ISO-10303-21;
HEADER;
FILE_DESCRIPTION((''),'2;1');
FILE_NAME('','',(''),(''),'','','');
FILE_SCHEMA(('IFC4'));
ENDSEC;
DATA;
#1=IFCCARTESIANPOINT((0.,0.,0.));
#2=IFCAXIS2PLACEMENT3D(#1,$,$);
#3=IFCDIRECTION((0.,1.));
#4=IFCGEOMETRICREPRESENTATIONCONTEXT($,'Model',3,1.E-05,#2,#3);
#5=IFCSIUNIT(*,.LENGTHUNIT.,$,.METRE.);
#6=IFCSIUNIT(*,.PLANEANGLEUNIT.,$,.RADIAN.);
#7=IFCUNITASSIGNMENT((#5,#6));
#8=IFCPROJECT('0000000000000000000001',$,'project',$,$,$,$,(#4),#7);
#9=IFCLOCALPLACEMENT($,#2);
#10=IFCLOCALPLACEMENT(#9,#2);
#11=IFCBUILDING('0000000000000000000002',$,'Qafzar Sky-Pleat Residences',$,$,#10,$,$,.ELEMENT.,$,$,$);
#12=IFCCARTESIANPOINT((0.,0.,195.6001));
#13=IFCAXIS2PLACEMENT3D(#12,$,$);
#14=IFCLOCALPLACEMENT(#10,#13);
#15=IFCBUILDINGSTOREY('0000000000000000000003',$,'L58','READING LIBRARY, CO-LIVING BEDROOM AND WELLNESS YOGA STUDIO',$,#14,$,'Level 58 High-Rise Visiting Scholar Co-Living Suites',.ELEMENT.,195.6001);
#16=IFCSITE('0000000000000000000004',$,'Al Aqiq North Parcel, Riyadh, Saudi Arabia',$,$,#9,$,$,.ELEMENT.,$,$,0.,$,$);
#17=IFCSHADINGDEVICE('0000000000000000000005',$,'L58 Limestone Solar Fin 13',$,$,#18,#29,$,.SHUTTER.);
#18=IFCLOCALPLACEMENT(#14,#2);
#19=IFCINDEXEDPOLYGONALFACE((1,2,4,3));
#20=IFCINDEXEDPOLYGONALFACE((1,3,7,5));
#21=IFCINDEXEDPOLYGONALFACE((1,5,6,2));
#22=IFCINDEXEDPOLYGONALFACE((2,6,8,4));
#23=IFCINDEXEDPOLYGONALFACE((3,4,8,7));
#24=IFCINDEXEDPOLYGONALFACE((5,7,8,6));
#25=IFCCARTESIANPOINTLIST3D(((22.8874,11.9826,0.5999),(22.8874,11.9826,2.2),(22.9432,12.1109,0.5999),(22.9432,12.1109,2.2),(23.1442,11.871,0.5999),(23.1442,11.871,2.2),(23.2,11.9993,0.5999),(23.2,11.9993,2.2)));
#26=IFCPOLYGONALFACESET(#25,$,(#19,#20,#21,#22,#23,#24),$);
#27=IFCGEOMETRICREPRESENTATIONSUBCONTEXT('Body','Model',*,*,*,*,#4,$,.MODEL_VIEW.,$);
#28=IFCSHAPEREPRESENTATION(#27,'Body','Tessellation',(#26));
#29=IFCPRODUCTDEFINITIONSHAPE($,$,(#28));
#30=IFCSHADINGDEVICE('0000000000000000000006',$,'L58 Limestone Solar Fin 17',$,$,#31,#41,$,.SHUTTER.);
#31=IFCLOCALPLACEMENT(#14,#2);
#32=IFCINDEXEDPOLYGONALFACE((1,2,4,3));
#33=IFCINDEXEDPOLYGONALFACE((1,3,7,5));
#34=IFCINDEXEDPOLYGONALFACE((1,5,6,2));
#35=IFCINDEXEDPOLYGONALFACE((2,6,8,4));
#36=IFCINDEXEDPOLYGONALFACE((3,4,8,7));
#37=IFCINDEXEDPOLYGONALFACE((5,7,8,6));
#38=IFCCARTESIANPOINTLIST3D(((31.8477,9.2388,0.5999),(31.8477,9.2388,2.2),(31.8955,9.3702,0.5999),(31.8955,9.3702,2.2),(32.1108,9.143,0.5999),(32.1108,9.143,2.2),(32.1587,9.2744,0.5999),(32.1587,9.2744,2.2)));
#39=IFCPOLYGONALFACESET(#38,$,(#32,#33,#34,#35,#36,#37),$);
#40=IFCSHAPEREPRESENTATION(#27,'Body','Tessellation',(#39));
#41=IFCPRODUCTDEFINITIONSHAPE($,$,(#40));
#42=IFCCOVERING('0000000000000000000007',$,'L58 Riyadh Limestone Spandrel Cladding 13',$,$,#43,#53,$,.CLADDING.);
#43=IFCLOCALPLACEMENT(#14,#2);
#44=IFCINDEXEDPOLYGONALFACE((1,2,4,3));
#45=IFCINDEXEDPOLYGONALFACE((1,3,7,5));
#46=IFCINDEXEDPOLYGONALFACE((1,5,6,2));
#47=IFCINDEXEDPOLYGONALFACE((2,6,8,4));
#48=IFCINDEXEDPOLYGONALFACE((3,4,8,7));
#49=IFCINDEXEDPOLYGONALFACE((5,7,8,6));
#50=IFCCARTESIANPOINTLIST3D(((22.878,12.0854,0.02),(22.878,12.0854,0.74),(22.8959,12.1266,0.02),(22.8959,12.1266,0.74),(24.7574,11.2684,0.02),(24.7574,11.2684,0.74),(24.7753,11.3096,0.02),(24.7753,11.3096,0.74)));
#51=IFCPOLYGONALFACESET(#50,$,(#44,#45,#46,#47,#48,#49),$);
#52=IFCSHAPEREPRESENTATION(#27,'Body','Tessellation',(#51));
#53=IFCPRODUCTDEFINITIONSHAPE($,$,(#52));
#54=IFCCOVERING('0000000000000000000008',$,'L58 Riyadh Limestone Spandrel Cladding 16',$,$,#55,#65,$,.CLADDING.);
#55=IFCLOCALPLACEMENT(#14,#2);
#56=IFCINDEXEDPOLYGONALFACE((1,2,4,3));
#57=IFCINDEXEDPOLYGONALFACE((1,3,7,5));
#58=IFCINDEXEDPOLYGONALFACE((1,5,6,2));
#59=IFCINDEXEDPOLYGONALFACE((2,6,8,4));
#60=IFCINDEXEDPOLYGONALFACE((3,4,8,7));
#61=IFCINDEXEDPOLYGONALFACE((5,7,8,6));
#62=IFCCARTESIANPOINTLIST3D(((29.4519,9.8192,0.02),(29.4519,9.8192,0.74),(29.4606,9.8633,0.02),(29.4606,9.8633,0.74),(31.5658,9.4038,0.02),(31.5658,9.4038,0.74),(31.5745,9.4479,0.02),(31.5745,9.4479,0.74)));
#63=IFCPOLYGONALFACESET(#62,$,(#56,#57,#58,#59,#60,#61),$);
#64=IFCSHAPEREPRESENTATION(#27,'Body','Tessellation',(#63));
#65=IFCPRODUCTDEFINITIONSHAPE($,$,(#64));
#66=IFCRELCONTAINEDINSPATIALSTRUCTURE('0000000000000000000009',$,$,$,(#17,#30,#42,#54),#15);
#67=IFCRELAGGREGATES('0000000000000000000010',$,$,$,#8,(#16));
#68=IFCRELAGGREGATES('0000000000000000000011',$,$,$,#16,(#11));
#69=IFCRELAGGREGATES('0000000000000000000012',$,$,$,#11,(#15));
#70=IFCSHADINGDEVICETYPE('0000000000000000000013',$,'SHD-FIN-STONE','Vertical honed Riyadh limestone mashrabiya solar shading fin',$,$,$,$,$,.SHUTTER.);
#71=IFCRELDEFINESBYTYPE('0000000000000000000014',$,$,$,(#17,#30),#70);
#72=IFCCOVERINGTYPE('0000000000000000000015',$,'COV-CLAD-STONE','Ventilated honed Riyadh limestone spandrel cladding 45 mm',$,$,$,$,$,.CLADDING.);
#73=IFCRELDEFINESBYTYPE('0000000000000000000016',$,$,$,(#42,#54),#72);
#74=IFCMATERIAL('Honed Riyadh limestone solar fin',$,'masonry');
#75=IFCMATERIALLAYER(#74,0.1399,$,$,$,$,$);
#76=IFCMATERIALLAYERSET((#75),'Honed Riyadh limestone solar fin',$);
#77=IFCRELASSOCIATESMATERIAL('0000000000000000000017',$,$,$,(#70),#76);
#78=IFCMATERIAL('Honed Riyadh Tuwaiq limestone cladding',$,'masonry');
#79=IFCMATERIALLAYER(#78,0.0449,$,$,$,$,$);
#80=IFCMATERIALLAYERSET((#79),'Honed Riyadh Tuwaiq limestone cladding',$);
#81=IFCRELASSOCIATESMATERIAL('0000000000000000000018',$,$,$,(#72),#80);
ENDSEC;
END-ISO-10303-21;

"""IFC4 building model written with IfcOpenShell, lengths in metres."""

from ifc_helpers import new_model, si_unit, direction, frame, origin, origin_2d, place, context, subcontext, project, spatial, rectangle, extrude, source, transform, mapped, material, layer, layer_set, type_object, element, save


model = new_model("IFC4")

# Units and contexts
model_context = context("Model", 3, precision=1e-05, world=origin(), true_north=direction((0.0, 1.0)))
body_context = subcontext(model_context, "Body", "Model", "MODEL_VIEW")
ifc_project = project(units=[si_unit("LENGTHUNIT", "METRE"), si_unit("PLANEANGLEUNIT", "RADIAN")], contexts=[model_context])

# Site, building, storey
site_placement = place(None, origin())
site = spatial("IfcSite", under=ifc_project, at=site_placement, Name="Al Aqiq North Parcel, Riyadh, Saudi Arabia", CompositionType="ELEMENT", RefElevation=0.0)
building_placement = place(site_placement, origin())
building = spatial("IfcBuilding", under=site, at=building_placement, Name="Qafzar Sky-Pleat Residences", CompositionType="ELEMENT")
storey_placement = place(building_placement, frame((0.0, 0.0, 195.6001)))
storey = spatial("IfcBuildingStorey", under=building, at=storey_placement, Name="L58", Description="READING LIBRARY, CO-LIVING BEDROOM AND WELLNESS YOGA STUDIO", LongName="Level 58 High-Rise Visiting Scholar Co-Living Suites", CompositionType="ELEMENT", Elevation=195.6001)

# Shading devices
ifc_material_1 = material(Name="Honed Riyadh limestone solar fin", Category="masonry")
ifc_layer_1 = layer(ifc_material_1, 0.1399)
ifc_layer_set_1 = layer_set([ifc_layer_1], Name="Honed Riyadh limestone solar fin")
shading_device_type = type_object("IfcShadingDeviceType", Name="SHD-FIN-STONE", Description="Vertical honed Riyadh limestone mashrabiya solar shading fin", PredefinedType="SHUTTER", material=ifc_layer_set_1)
shared_shape_1 = source(origin(), body_context, "Body", "SweptSolid", [
    extrude(rectangle(XDim=0.1399, YDim=0.28, at=origin_2d()), origin(), (0.0, 0.0, 1.0), 1.6001),
])
for number, where, z_axis, x_axis, name in (
    (1, (23.0437, 11.991, 0.5999), (0.0, 0.0, 1.0), (-0.398671, -0.917094, 0.0), "L58 Limestone Solar Fin 13"),
    (2, (32.0032, 9.2566, 0.5999), (0.0, 0.0, 1.0), (-0.342054, -0.93968, 0.0), "L58 Limestone Solar Fin 17"),
):
    element("IfcShadingDevice", number, at=place(storey_placement, frame(where, z_axis=z_axis, x_axis=x_axis)), inside=storey, type_object=shading_device_type, Name=name, PredefinedType="SHUTTER", context=body_context, shape_type="MappedRepresentation", body=[
        mapped(shared_shape_1, transform((0.0, 0.0, 0.0), x_axis=(1.0, 0.0, 0.0), y_axis=(0.0, 1.0, 0.0), z_axis=(0.0, 0.0, 1.0), scale=1.0)),
    ])

# Coverings
ifc_material_2 = material(Name="Honed Riyadh Tuwaiq limestone cladding", Category="masonry")
ifc_layer_2 = layer(ifc_material_2, 0.0449)
ifc_layer_set_2 = layer_set([ifc_layer_2], Name="Honed Riyadh Tuwaiq limestone cladding")
covering_type = type_object("IfcCoveringType", Name="COV-CLAD-STONE", Description="Ventilated honed Riyadh limestone spandrel cladding 45 mm", PredefinedType="CLADDING", material=ifc_layer_set_2)
shared_shape_2 = source(origin(), body_context, "Body", "SweptSolid", [
    extrude(rectangle(XDim=2.0493, YDim=0.0449, at=origin_2d()), origin(), (0.0, 0.0, 1.0), 0.72),
])
covering_1_placement = place(storey_placement, frame((23.8267, 11.6975, 0.02), z_axis=(0.0, 0.0, 1.0), x_axis=(0.917088, -0.398684, 0.0)))
element("IfcCovering", 3, at=covering_1_placement, inside=storey, type_object=covering_type, Name="L58 Riyadh Limestone Spandrel Cladding 13", PredefinedType="CLADDING", context=body_context, shape_type="MappedRepresentation", body=[
    mapped(shared_shape_2, transform((0.0, 0.0, 0.0), x_axis=(1.0, 0.0, 0.0), y_axis=(0.0, 1.0, 0.0), z_axis=(0.0, 0.0, 1.0), scale=1.0)),
])
shared_shape_3 = source(origin(), body_context, "Body", "SweptSolid", [
    extrude(rectangle(XDim=2.1543, YDim=0.0449, at=origin_2d()), origin(), (0.0, 0.0, 1.0), 0.72),
])
covering_2_placement = place(storey_placement, frame((30.5132, 9.6335, 0.02), z_axis=(0.0, 0.0, 1.0), x_axis=(0.981236, -0.192813, 0.0)))
element("IfcCovering", 4, at=covering_2_placement, inside=storey, type_object=covering_type, Name="L58 Riyadh Limestone Spandrel Cladding 16", PredefinedType="CLADDING", context=body_context, shape_type="MappedRepresentation", body=[
    mapped(shared_shape_3, transform((0.0, 0.0, 0.0), x_axis=(1.0, 0.0, 0.0), y_axis=(0.0, 1.0, 0.0), z_axis=(0.0, 0.0, 1.0), scale=1.0)),
])

save(model, "model.ifc")
